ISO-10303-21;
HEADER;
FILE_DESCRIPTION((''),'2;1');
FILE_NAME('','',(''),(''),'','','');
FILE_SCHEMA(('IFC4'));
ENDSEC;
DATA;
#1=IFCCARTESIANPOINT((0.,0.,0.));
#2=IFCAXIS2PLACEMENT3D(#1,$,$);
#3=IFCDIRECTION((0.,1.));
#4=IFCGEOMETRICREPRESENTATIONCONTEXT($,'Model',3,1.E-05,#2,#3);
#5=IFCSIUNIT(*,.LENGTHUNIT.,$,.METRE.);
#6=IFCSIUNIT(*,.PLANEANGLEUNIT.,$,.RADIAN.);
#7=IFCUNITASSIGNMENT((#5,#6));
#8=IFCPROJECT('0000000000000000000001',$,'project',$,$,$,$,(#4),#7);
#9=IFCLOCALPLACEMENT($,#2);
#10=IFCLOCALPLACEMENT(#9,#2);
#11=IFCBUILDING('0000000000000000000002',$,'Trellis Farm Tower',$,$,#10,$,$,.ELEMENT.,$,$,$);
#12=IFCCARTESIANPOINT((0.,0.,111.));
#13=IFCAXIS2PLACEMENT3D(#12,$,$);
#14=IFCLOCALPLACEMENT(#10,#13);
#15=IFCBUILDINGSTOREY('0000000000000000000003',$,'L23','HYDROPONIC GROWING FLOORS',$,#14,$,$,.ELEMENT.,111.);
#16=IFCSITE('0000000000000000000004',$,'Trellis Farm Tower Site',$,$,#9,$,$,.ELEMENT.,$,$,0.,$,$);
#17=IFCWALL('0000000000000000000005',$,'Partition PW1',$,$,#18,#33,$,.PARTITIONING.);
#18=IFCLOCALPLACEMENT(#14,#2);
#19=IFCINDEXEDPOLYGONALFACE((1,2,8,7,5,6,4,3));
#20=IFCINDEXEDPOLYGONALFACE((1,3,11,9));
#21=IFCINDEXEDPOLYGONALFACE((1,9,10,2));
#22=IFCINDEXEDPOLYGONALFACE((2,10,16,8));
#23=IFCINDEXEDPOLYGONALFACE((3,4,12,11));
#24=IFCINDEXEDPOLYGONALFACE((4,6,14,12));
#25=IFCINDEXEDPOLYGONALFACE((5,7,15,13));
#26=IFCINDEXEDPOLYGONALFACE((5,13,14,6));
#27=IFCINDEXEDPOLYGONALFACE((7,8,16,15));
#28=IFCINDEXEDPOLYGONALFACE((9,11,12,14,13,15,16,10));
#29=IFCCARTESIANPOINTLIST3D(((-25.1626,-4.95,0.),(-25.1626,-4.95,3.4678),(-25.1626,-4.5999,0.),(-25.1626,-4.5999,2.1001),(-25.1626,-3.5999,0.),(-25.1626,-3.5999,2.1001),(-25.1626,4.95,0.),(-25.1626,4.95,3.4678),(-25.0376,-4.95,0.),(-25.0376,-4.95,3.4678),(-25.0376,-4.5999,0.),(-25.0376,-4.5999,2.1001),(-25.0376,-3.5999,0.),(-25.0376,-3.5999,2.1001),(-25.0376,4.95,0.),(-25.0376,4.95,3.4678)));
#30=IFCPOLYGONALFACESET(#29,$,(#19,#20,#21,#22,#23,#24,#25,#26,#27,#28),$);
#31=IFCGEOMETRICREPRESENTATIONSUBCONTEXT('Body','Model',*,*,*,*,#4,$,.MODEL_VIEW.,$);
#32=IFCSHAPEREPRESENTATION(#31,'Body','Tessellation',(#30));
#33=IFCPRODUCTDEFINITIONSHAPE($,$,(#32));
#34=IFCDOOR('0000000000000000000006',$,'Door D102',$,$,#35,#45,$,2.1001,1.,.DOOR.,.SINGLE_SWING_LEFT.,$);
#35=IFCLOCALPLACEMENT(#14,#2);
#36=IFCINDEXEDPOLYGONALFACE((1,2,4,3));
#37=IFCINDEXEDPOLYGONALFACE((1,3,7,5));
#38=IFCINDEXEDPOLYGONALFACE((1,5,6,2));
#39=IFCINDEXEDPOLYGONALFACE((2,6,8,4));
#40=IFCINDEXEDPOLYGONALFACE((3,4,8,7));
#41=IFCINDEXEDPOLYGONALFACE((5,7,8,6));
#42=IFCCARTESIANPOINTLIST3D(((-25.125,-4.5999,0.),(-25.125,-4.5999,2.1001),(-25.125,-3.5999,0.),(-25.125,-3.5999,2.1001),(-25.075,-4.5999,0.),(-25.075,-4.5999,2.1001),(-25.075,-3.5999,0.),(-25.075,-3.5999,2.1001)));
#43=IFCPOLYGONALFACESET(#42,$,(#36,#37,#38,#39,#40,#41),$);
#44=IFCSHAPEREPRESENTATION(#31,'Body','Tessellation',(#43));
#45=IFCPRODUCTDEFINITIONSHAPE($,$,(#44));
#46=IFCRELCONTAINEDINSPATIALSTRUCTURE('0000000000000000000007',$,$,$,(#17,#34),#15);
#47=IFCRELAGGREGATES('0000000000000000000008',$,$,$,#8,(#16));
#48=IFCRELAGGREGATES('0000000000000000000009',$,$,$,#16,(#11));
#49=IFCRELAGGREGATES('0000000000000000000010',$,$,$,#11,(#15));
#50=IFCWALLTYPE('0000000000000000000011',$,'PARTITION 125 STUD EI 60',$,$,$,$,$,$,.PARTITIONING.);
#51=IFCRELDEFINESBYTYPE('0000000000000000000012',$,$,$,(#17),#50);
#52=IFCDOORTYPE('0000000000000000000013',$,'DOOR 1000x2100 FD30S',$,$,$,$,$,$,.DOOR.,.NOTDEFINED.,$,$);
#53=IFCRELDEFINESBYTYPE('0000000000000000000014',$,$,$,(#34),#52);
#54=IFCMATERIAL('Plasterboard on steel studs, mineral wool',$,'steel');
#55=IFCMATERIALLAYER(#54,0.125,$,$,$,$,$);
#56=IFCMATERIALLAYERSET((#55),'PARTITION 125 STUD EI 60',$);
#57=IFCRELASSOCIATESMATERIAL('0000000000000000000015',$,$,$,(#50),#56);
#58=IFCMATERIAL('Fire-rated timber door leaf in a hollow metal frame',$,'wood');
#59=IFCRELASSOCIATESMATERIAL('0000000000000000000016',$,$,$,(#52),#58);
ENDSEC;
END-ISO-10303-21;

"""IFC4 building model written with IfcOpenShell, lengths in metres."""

from ifc_helpers import new_model, si_unit, direction, frame, frame_2d, origin, place, context, subcontext, project, spatial, rectangle, extrude, source, transform, mapped, material, layer, layer_set, type_object, element, fill, save


model = new_model("IFC4")

# Units and contexts
model_context = context("Model", 3, precision=1e-05, world=origin(), true_north=direction((0.0, 1.0)))
body_context = subcontext(model_context, "Body", "Model", "MODEL_VIEW")
ifc_project = project(units=[si_unit("LENGTHUNIT", "METRE"), si_unit("PLANEANGLEUNIT", "RADIAN")], contexts=[model_context])

# Site, building, storey
site_placement = place(None, origin())
site = spatial("IfcSite", under=ifc_project, at=site_placement, Name="Trellis Farm Tower Site", CompositionType="ELEMENT", RefElevation=0.0)
building_placement = place(site_placement, origin())
building = spatial("IfcBuilding", under=site, at=building_placement, Name="Trellis Farm Tower", CompositionType="ELEMENT")
storey_placement = place(building_placement, frame((0.0, 0.0, 111.0)))
storey = spatial("IfcBuildingStorey", under=building, at=storey_placement, Name="L23", Description="HYDROPONIC GROWING FLOORS", CompositionType="ELEMENT", Elevation=111.0)

# Wall, opening, door
ifc_material_1 = material(Name="Plasterboard on steel studs, mineral wool", Category="steel")
ifc_layer_1 = layer(ifc_material_1, 0.125)
ifc_layer_set_1 = layer_set([ifc_layer_1], Name="PARTITION 125 STUD EI 60")
wall_type_1 = type_object("IfcWallType", Name="PARTITION 125 STUD EI 60", PredefinedType="PARTITIONING", material=ifc_layer_set_1)
shared_shape_1 = source(origin(), body_context, "Body", "SweptSolid", [
    extrude(rectangle(XDim=9.8999, YDim=0.125, at=frame_2d((4.95, 0.0))), origin(), (0.0, 0.0, 1.0), 3.4678),
])
wall_1_placement = place(storey_placement, frame((-25.1001, -4.95, 0.0), z_axis=(0.0, 0.0, 1.0), x_axis=(0.0, 1.0, 0.0)))
wall_1 = element("IfcWall", 1, at=wall_1_placement, inside=storey, type_object=wall_type_1, Name="Partition PW1", PredefinedType="PARTITIONING", context=body_context, shape_type="MappedRepresentation", body=[
    mapped(shared_shape_1, transform((0.0, 0.0, 0.0))),
])
shared_shape_2 = source(origin(), body_context, "Body", "SweptSolid", [
    extrude(rectangle(XDim=1.0, YDim=2.1001, at=frame_2d((0.5, 1.05))), frame((0.0, 0.0725, 0.0), z_axis=(0.0, -1.0, 0.0), x_axis=(1.0, 0.0, 0.0)), (0.0, 0.0, 1.0), 0.145),
])
opening_1_placement = place(wall_1_placement, frame((0.3501, 0.0, 0.0)))
opening_1 = element("IfcOpeningElement", 2, at=opening_1_placement, cuts=wall_1, PredefinedType="OPENING", context=body_context, shape_type="MappedRepresentation", body=[
    mapped(shared_shape_2, transform((0.0, 0.0, 0.0))),
])
ifc_material_2 = material(Name="Fire-rated timber door leaf in a hollow metal frame", Category="wood")
door_type_1 = type_object("IfcDoorType", Name="DOOR 1000x2100 FD30S", OperationType="NOTDEFINED", PredefinedType="DOOR", material=ifc_material_2)
shared_shape_3 = source(origin(), body_context, "Body", "SweptSolid", [
    extrude(rectangle(XDim=1.0, YDim=2.1001, at=frame_2d((0.5, 1.05))), frame((0.0, 0.0249, 0.0), z_axis=(0.0, -1.0, 0.0), x_axis=(1.0, 0.0, 0.0)), (0.0, 0.0, 1.0), 0.05),
])
door_1_placement = place(opening_1_placement, origin())
door_1 = element("IfcDoor", 3, at=door_1_placement, inside=storey, type_object=door_type_1, Name="Door D102", OperationType="SINGLE_SWING_LEFT", OverallHeight=2.1001, OverallWidth=1.0, PredefinedType="DOOR", context=body_context, shape_type="MappedRepresentation", body=[
    mapped(shared_shape_3, transform((0.0, 0.0, 0.0))),
])
fill(opening_1, door_1)

save(model, "model.ifc")
